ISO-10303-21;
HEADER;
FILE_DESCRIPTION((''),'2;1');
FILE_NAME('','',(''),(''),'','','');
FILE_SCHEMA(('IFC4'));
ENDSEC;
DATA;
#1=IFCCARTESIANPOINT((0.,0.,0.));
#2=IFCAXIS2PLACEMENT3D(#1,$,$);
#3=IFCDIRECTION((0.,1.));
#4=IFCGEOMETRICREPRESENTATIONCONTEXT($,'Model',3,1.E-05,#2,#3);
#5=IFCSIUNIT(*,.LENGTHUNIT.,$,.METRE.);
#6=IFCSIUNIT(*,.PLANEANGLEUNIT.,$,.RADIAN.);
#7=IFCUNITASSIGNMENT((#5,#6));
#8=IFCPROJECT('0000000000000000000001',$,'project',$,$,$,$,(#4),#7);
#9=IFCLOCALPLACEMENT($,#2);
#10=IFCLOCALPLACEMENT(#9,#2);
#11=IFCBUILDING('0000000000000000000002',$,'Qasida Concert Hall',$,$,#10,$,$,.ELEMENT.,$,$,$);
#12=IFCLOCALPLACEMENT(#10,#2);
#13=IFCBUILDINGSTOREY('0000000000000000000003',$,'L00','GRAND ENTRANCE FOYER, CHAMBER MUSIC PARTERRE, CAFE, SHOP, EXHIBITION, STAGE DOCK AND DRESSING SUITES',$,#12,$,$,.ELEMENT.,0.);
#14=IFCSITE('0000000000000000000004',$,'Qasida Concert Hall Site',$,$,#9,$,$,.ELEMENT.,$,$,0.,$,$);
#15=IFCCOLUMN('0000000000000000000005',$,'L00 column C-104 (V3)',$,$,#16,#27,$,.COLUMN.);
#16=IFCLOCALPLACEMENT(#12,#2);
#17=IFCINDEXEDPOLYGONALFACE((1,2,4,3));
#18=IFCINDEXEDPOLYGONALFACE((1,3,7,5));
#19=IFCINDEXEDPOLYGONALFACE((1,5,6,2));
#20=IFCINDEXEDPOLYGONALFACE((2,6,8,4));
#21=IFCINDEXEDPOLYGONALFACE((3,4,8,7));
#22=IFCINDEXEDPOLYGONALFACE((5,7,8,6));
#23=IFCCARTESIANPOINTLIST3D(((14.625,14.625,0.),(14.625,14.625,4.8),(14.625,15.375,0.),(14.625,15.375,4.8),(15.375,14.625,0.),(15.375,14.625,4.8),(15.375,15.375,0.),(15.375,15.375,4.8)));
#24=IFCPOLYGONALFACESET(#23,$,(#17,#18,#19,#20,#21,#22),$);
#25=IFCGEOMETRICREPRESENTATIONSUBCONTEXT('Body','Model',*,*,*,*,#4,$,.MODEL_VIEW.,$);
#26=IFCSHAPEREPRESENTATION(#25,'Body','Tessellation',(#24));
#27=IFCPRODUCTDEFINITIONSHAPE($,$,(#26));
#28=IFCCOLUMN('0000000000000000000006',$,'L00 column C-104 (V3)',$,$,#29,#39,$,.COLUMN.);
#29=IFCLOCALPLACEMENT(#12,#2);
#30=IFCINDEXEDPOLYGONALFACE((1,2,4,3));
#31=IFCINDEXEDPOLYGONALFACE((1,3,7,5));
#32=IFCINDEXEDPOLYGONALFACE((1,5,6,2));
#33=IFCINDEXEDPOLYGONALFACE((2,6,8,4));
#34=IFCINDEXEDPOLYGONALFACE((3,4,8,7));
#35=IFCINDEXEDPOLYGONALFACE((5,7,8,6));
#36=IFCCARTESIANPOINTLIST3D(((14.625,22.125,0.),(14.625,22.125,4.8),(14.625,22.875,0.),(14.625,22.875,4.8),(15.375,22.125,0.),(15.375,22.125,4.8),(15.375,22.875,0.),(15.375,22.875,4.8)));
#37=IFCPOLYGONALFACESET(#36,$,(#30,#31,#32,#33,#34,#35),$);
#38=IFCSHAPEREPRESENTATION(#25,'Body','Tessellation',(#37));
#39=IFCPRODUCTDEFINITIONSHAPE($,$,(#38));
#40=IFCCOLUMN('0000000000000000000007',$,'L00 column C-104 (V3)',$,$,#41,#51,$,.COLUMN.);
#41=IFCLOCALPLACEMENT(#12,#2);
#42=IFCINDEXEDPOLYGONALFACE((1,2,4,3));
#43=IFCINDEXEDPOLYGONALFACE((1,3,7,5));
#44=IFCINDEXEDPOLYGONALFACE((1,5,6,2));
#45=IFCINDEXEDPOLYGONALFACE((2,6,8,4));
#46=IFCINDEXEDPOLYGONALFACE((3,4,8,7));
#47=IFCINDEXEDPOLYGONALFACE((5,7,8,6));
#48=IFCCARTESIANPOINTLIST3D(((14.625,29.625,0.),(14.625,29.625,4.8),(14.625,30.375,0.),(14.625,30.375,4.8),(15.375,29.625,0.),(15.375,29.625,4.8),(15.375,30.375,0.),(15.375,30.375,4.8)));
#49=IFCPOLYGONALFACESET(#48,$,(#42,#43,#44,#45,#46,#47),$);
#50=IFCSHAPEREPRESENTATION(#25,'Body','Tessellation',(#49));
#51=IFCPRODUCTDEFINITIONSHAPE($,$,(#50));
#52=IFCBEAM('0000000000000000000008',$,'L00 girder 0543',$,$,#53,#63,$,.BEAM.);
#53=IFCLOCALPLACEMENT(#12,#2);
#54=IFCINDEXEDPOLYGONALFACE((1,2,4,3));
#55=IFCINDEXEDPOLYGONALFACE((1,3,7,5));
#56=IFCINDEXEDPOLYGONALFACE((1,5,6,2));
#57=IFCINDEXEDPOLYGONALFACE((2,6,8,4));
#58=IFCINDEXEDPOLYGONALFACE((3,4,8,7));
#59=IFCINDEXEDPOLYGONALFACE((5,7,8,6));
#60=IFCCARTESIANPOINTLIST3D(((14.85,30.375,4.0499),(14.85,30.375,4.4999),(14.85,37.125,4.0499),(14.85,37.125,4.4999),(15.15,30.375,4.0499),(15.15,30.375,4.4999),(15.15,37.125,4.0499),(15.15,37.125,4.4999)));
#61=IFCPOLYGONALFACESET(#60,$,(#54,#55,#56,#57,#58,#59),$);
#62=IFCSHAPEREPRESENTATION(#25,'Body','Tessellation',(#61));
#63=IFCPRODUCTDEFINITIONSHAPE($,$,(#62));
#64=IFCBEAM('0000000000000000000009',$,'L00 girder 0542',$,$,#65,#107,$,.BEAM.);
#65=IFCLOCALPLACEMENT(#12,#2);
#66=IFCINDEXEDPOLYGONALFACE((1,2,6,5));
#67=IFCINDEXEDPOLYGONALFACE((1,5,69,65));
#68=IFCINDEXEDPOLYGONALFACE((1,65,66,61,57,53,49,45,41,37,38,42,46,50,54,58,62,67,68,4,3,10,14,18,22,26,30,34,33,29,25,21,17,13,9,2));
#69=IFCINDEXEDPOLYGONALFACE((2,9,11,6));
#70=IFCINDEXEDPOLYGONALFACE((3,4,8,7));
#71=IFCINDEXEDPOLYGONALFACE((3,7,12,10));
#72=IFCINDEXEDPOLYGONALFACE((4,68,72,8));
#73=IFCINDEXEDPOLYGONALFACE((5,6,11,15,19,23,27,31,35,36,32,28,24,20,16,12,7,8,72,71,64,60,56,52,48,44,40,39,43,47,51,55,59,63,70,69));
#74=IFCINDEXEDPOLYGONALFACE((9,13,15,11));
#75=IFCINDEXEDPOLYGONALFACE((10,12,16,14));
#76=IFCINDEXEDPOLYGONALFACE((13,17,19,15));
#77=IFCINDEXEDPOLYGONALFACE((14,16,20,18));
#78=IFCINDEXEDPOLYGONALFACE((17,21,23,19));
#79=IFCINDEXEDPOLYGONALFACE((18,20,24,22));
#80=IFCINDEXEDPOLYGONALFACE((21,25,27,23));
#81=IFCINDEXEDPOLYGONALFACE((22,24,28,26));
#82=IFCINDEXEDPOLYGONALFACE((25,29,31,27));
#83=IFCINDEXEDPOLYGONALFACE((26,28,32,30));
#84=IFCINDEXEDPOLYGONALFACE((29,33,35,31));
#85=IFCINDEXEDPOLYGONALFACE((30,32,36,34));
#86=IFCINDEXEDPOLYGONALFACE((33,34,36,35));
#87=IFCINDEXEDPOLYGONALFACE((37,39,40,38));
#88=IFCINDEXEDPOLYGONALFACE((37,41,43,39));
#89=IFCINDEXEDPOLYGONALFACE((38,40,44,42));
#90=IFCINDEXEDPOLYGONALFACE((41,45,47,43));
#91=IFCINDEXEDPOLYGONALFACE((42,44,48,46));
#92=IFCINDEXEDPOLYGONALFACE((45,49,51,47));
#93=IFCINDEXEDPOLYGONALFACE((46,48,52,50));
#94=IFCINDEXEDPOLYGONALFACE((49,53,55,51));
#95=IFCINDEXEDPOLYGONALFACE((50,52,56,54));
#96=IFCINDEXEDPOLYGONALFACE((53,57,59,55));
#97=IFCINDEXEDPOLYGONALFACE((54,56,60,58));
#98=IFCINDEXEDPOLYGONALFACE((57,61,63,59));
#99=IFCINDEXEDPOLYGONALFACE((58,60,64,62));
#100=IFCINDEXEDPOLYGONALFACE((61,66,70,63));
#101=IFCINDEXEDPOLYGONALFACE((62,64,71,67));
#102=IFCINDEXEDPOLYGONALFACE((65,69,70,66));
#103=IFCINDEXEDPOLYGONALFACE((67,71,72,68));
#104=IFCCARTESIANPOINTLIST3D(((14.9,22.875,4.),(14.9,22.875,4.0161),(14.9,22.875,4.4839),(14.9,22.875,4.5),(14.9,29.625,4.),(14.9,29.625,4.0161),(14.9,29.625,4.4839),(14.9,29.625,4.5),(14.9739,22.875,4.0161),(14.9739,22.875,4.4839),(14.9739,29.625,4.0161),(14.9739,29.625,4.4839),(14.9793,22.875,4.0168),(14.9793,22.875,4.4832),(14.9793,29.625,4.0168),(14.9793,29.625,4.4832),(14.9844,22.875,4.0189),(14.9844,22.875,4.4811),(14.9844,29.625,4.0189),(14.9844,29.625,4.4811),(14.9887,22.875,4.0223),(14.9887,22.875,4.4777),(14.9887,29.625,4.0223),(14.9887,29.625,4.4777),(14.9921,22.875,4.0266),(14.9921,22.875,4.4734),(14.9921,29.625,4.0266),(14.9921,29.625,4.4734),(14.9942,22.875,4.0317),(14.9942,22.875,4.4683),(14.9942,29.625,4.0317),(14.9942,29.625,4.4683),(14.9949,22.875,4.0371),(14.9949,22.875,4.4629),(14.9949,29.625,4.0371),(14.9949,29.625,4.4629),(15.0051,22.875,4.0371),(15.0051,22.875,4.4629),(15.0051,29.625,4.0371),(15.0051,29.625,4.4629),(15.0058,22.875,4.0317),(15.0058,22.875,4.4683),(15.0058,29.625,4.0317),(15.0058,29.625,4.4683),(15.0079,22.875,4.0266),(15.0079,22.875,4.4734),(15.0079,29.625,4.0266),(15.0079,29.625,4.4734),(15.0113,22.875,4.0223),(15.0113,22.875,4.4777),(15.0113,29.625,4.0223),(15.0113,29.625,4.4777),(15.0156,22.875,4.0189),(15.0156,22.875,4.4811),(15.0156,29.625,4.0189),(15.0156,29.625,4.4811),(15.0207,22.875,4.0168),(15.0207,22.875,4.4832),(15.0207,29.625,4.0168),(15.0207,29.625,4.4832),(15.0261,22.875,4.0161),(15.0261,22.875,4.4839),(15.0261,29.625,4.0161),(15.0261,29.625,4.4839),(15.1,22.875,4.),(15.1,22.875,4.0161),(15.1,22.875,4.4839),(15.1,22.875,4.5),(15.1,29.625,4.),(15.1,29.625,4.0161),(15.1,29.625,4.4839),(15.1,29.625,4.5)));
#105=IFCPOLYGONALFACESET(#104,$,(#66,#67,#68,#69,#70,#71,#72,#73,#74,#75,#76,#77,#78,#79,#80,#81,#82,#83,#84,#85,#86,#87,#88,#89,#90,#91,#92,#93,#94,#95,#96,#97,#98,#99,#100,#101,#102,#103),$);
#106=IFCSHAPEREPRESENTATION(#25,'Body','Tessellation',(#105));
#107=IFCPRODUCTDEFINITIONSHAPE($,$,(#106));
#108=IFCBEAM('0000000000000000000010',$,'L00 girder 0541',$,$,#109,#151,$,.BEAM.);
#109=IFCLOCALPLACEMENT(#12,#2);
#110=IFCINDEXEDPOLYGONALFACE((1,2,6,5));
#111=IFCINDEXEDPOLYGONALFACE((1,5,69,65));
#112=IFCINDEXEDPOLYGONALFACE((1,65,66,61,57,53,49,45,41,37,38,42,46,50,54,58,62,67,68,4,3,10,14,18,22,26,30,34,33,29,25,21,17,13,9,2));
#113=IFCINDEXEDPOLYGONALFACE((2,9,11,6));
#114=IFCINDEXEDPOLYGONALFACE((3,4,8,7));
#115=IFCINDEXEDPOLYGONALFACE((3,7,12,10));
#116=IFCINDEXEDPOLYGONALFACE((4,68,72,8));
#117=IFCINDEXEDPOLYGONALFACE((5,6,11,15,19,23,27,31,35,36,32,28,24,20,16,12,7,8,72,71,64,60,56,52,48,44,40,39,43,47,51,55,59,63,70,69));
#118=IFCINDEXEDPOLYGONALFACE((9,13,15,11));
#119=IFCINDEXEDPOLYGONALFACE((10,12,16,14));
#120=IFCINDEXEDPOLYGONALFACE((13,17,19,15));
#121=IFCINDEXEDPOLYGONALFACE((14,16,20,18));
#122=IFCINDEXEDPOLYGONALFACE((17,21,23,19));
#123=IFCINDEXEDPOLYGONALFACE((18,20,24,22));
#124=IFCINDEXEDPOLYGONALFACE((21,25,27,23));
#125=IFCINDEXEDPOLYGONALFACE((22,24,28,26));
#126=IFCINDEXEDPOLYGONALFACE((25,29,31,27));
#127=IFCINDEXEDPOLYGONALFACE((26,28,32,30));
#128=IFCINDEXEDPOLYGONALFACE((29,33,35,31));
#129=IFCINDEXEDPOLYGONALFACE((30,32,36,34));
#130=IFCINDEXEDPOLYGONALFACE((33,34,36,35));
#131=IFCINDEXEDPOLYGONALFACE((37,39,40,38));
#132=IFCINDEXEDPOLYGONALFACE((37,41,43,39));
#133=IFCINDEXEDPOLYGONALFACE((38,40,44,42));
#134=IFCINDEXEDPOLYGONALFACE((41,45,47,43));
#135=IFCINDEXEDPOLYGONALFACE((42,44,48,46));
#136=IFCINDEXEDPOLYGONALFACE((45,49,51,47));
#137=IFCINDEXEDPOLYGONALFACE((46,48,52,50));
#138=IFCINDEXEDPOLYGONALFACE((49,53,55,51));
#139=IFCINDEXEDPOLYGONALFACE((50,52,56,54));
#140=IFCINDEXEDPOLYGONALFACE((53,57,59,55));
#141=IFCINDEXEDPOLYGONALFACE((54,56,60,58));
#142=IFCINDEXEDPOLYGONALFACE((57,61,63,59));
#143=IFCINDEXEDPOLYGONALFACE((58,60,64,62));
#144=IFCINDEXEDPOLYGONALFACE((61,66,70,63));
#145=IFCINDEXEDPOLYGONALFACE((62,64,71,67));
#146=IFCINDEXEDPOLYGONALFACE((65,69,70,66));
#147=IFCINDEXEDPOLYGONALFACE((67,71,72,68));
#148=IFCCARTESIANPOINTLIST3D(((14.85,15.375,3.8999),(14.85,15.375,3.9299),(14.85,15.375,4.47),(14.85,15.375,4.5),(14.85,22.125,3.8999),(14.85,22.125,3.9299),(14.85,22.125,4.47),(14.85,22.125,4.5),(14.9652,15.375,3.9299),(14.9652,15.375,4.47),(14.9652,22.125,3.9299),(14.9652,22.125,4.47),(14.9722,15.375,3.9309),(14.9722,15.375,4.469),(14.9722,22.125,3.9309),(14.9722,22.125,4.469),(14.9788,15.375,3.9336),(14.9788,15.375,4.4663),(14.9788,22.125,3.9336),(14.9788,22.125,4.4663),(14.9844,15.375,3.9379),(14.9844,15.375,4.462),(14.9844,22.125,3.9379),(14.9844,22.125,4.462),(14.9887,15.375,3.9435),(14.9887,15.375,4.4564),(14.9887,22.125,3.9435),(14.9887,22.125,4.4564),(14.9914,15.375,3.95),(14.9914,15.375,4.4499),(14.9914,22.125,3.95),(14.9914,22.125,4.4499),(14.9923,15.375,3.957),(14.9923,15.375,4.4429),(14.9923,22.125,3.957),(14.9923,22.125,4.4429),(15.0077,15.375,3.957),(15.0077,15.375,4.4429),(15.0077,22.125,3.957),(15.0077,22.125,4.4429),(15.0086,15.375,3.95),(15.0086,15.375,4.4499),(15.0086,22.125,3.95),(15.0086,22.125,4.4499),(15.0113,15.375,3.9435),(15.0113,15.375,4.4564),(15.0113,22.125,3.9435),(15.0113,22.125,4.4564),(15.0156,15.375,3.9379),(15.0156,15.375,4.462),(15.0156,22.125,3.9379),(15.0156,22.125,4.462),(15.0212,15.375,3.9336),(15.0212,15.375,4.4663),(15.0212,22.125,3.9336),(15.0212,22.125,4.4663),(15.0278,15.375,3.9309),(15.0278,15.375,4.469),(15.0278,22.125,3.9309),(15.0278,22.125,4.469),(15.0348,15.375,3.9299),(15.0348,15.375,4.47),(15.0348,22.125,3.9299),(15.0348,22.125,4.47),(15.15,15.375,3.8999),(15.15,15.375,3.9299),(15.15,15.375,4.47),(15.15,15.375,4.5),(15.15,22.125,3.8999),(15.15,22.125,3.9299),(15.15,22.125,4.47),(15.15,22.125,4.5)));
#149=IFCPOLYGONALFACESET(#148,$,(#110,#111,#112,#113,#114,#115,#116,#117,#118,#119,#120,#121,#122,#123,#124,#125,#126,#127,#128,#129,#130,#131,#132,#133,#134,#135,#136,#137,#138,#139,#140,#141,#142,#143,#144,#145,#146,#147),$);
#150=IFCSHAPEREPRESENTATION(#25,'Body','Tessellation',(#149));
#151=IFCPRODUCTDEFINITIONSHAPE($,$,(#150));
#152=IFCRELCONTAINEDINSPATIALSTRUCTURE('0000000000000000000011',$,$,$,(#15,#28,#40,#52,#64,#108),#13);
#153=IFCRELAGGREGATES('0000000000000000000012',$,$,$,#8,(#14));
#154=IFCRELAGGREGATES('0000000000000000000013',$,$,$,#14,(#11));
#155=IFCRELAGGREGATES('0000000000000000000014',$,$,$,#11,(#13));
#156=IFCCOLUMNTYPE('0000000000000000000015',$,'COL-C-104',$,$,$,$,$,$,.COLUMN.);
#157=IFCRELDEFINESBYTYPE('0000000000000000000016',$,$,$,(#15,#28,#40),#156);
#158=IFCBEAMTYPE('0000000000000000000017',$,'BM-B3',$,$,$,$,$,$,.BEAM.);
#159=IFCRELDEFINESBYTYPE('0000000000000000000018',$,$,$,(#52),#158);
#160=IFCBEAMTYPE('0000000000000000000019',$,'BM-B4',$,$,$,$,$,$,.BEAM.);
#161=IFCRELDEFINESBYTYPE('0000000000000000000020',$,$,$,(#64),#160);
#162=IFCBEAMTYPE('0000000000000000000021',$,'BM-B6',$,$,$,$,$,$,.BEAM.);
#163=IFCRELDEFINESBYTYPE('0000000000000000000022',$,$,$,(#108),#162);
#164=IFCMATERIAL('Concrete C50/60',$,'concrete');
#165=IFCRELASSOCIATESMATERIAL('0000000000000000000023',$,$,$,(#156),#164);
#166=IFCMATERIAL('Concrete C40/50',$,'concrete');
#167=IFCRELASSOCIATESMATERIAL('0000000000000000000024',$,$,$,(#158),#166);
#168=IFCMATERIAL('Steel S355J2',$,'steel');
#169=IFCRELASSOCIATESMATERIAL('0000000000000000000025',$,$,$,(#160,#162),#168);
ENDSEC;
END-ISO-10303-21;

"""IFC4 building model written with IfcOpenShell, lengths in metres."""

from ifc_helpers import new_model, si_unit, direction, frame, origin, origin_2d, place, context, subcontext, project, spatial, rectangle, i_section, extrude, material, material_profile, profile_set, type_object, element, save


model = new_model("IFC4")

# Units and contexts
model_context = context("Model", 3, precision=1e-05, world=origin(), true_north=direction((0.0, 1.0)))
body_context = subcontext(model_context, "Body", "Model", "MODEL_VIEW")
ifc_project = project(units=[si_unit("LENGTHUNIT", "METRE"), si_unit("PLANEANGLEUNIT", "RADIAN")], contexts=[model_context])

# Site, building, storey
site_placement = place(None, origin())
site = spatial("IfcSite", under=ifc_project, at=site_placement, Name="Qasida Concert Hall Site", CompositionType="ELEMENT", RefElevation=0.0)
building_placement = place(site_placement, origin())
building = spatial("IfcBuilding", under=site, at=building_placement, Name="Qasida Concert Hall", CompositionType="ELEMENT")
storey_placement = place(building_placement, origin())
storey = spatial("IfcBuildingStorey", under=building, at=storey_placement, Name="L00", Description="GRAND ENTRANCE FOYER, CHAMBER MUSIC PARTERRE, CAFE, SHOP, EXHIBITION, STAGE DOCK AND DRESSING SUITES", CompositionType="ELEMENT", Elevation=0.0)

# Columns
ifc_material_1 = material(Name="Concrete C50/60", Category="concrete")
ifc_material_profile_1 = material_profile(ifc_material_1, rectangle(XDim=0.75, YDim=0.75, at=origin_2d()), Name="RC 750x750")
ifc_profile_set_1 = profile_set([ifc_material_profile_1], Name="Concrete C50/60")
column_type = type_object("IfcColumnType", Name="COL-C-104", PredefinedType="COLUMN", material=ifc_profile_set_1)
for number, where, z_axis, x_axis, name in (
    (1, (15.0, 15.0, 0.0), (0.0, 0.0, 1.0), (1.0, 0.0, 0.0), "L00 column C-104 (V3)"),
    (2, (15.0, 22.5, 0.0), (0.0, 0.0, 1.0), (1.0, 0.0, 0.0), "L00 column C-104 (V3)"),
    (3, (15.0, 30.0, 0.0), (0.0, 0.0, 1.0), (1.0, 0.0, 0.0), "L00 column C-104 (V3)"),
):
    element("IfcColumn", number, at=place(storey_placement, frame(where, z_axis=z_axis, x_axis=x_axis)), inside=storey, type_object=column_type, Name=name, PredefinedType="COLUMN", context=body_context, shape_type="SweptSolid", body=[
        extrude(rectangle(XDim=0.75, YDim=0.75, at=origin_2d()), origin(), (0.0, 0.0, 1.0), 4.8),
    ])

# Beams
ifc_material_2 = material(Name="Concrete C40/50", Category="concrete")
ifc_material_profile_2 = material_profile(ifc_material_2, rectangle(XDim=0.3, YDim=0.45, at=origin_2d()), Name="RC 300x450")
ifc_profile_set_2 = profile_set([ifc_material_profile_2], Name="Concrete C40/50")
beam_type_1 = type_object("IfcBeamType", Name="BM-B3", PredefinedType="BEAM", material=ifc_profile_set_2)
beam_1_placement = place(storey_placement, frame((15.0, 30.375, 4.2749), z_axis=(0.0, 1.0, 0.0), x_axis=(-1.0, 0.0, 0.0)))
element("IfcBeam", 4, at=beam_1_placement, inside=storey, type_object=beam_type_1, Name="L00 girder 0543", PredefinedType="BEAM", context=body_context, shape_type="SweptSolid", body=[
    extrude(rectangle(XDim=0.3, YDim=0.45, at=origin_2d()), origin(), (0.0, 0.0, 1.0), 6.75),
])
ifc_material_3 = material(Name="Steel S355J2", Category="steel")
ifc_material_profile_3 = material_profile(ifc_material_3, i_section(OverallWidth=0.2, OverallDepth=0.5, WebThickness=0.0103, FlangeThickness=0.0161, FilletRadius=0.021, at=origin_2d()), Name="IPE 500")
ifc_profile_set_3 = profile_set([ifc_material_profile_3], Name="Steel S355J2")
beam_type_2 = type_object("IfcBeamType", Name="BM-B4", PredefinedType="BEAM", material=ifc_profile_set_3)
beam_2_placement = place(storey_placement, frame((15.0, 22.875, 4.25), z_axis=(0.0, 1.0, 0.0), x_axis=(-1.0, 0.0, 0.0)))
element("IfcBeam", 5, at=beam_2_placement, inside=storey, type_object=beam_type_2, Name="L00 girder 0542", PredefinedType="BEAM", context=body_context, shape_type="SweptSolid", body=[
    extrude(i_section(OverallWidth=0.2, OverallDepth=0.5, WebThickness=0.0103, FlangeThickness=0.0161, FilletRadius=0.021, at=origin_2d()), origin(), (0.0, 0.0, 1.0), 6.75),
])
ifc_material_profile_4 = material_profile(ifc_material_3, i_section(OverallWidth=0.3, OverallDepth=0.6001, WebThickness=0.0154, FlangeThickness=0.03, FilletRadius=0.0271, at=origin_2d()), Name="HEB 600")
ifc_profile_set_4 = profile_set([ifc_material_profile_4], Name="Steel S355J2")
beam_type_3 = type_object("IfcBeamType", Name="BM-B6", PredefinedType="BEAM", material=ifc_profile_set_4)
beam_3_placement = place(storey_placement, frame((15.0, 15.375, 4.2), z_axis=(0.0, 1.0, 0.0), x_axis=(-1.0, 0.0, 0.0)))
element("IfcBeam", 6, at=beam_3_placement, inside=storey, type_object=beam_type_3, Name="L00 girder 0541", PredefinedType="BEAM", context=body_context, shape_type="SweptSolid", body=[
    extrude(i_section(OverallWidth=0.3, OverallDepth=0.6001, WebThickness=0.0154, FlangeThickness=0.03, FilletRadius=0.0271, at=origin_2d()), origin(), (0.0, 0.0, 1.0), 6.75),
])

save(model, "model.ifc")
